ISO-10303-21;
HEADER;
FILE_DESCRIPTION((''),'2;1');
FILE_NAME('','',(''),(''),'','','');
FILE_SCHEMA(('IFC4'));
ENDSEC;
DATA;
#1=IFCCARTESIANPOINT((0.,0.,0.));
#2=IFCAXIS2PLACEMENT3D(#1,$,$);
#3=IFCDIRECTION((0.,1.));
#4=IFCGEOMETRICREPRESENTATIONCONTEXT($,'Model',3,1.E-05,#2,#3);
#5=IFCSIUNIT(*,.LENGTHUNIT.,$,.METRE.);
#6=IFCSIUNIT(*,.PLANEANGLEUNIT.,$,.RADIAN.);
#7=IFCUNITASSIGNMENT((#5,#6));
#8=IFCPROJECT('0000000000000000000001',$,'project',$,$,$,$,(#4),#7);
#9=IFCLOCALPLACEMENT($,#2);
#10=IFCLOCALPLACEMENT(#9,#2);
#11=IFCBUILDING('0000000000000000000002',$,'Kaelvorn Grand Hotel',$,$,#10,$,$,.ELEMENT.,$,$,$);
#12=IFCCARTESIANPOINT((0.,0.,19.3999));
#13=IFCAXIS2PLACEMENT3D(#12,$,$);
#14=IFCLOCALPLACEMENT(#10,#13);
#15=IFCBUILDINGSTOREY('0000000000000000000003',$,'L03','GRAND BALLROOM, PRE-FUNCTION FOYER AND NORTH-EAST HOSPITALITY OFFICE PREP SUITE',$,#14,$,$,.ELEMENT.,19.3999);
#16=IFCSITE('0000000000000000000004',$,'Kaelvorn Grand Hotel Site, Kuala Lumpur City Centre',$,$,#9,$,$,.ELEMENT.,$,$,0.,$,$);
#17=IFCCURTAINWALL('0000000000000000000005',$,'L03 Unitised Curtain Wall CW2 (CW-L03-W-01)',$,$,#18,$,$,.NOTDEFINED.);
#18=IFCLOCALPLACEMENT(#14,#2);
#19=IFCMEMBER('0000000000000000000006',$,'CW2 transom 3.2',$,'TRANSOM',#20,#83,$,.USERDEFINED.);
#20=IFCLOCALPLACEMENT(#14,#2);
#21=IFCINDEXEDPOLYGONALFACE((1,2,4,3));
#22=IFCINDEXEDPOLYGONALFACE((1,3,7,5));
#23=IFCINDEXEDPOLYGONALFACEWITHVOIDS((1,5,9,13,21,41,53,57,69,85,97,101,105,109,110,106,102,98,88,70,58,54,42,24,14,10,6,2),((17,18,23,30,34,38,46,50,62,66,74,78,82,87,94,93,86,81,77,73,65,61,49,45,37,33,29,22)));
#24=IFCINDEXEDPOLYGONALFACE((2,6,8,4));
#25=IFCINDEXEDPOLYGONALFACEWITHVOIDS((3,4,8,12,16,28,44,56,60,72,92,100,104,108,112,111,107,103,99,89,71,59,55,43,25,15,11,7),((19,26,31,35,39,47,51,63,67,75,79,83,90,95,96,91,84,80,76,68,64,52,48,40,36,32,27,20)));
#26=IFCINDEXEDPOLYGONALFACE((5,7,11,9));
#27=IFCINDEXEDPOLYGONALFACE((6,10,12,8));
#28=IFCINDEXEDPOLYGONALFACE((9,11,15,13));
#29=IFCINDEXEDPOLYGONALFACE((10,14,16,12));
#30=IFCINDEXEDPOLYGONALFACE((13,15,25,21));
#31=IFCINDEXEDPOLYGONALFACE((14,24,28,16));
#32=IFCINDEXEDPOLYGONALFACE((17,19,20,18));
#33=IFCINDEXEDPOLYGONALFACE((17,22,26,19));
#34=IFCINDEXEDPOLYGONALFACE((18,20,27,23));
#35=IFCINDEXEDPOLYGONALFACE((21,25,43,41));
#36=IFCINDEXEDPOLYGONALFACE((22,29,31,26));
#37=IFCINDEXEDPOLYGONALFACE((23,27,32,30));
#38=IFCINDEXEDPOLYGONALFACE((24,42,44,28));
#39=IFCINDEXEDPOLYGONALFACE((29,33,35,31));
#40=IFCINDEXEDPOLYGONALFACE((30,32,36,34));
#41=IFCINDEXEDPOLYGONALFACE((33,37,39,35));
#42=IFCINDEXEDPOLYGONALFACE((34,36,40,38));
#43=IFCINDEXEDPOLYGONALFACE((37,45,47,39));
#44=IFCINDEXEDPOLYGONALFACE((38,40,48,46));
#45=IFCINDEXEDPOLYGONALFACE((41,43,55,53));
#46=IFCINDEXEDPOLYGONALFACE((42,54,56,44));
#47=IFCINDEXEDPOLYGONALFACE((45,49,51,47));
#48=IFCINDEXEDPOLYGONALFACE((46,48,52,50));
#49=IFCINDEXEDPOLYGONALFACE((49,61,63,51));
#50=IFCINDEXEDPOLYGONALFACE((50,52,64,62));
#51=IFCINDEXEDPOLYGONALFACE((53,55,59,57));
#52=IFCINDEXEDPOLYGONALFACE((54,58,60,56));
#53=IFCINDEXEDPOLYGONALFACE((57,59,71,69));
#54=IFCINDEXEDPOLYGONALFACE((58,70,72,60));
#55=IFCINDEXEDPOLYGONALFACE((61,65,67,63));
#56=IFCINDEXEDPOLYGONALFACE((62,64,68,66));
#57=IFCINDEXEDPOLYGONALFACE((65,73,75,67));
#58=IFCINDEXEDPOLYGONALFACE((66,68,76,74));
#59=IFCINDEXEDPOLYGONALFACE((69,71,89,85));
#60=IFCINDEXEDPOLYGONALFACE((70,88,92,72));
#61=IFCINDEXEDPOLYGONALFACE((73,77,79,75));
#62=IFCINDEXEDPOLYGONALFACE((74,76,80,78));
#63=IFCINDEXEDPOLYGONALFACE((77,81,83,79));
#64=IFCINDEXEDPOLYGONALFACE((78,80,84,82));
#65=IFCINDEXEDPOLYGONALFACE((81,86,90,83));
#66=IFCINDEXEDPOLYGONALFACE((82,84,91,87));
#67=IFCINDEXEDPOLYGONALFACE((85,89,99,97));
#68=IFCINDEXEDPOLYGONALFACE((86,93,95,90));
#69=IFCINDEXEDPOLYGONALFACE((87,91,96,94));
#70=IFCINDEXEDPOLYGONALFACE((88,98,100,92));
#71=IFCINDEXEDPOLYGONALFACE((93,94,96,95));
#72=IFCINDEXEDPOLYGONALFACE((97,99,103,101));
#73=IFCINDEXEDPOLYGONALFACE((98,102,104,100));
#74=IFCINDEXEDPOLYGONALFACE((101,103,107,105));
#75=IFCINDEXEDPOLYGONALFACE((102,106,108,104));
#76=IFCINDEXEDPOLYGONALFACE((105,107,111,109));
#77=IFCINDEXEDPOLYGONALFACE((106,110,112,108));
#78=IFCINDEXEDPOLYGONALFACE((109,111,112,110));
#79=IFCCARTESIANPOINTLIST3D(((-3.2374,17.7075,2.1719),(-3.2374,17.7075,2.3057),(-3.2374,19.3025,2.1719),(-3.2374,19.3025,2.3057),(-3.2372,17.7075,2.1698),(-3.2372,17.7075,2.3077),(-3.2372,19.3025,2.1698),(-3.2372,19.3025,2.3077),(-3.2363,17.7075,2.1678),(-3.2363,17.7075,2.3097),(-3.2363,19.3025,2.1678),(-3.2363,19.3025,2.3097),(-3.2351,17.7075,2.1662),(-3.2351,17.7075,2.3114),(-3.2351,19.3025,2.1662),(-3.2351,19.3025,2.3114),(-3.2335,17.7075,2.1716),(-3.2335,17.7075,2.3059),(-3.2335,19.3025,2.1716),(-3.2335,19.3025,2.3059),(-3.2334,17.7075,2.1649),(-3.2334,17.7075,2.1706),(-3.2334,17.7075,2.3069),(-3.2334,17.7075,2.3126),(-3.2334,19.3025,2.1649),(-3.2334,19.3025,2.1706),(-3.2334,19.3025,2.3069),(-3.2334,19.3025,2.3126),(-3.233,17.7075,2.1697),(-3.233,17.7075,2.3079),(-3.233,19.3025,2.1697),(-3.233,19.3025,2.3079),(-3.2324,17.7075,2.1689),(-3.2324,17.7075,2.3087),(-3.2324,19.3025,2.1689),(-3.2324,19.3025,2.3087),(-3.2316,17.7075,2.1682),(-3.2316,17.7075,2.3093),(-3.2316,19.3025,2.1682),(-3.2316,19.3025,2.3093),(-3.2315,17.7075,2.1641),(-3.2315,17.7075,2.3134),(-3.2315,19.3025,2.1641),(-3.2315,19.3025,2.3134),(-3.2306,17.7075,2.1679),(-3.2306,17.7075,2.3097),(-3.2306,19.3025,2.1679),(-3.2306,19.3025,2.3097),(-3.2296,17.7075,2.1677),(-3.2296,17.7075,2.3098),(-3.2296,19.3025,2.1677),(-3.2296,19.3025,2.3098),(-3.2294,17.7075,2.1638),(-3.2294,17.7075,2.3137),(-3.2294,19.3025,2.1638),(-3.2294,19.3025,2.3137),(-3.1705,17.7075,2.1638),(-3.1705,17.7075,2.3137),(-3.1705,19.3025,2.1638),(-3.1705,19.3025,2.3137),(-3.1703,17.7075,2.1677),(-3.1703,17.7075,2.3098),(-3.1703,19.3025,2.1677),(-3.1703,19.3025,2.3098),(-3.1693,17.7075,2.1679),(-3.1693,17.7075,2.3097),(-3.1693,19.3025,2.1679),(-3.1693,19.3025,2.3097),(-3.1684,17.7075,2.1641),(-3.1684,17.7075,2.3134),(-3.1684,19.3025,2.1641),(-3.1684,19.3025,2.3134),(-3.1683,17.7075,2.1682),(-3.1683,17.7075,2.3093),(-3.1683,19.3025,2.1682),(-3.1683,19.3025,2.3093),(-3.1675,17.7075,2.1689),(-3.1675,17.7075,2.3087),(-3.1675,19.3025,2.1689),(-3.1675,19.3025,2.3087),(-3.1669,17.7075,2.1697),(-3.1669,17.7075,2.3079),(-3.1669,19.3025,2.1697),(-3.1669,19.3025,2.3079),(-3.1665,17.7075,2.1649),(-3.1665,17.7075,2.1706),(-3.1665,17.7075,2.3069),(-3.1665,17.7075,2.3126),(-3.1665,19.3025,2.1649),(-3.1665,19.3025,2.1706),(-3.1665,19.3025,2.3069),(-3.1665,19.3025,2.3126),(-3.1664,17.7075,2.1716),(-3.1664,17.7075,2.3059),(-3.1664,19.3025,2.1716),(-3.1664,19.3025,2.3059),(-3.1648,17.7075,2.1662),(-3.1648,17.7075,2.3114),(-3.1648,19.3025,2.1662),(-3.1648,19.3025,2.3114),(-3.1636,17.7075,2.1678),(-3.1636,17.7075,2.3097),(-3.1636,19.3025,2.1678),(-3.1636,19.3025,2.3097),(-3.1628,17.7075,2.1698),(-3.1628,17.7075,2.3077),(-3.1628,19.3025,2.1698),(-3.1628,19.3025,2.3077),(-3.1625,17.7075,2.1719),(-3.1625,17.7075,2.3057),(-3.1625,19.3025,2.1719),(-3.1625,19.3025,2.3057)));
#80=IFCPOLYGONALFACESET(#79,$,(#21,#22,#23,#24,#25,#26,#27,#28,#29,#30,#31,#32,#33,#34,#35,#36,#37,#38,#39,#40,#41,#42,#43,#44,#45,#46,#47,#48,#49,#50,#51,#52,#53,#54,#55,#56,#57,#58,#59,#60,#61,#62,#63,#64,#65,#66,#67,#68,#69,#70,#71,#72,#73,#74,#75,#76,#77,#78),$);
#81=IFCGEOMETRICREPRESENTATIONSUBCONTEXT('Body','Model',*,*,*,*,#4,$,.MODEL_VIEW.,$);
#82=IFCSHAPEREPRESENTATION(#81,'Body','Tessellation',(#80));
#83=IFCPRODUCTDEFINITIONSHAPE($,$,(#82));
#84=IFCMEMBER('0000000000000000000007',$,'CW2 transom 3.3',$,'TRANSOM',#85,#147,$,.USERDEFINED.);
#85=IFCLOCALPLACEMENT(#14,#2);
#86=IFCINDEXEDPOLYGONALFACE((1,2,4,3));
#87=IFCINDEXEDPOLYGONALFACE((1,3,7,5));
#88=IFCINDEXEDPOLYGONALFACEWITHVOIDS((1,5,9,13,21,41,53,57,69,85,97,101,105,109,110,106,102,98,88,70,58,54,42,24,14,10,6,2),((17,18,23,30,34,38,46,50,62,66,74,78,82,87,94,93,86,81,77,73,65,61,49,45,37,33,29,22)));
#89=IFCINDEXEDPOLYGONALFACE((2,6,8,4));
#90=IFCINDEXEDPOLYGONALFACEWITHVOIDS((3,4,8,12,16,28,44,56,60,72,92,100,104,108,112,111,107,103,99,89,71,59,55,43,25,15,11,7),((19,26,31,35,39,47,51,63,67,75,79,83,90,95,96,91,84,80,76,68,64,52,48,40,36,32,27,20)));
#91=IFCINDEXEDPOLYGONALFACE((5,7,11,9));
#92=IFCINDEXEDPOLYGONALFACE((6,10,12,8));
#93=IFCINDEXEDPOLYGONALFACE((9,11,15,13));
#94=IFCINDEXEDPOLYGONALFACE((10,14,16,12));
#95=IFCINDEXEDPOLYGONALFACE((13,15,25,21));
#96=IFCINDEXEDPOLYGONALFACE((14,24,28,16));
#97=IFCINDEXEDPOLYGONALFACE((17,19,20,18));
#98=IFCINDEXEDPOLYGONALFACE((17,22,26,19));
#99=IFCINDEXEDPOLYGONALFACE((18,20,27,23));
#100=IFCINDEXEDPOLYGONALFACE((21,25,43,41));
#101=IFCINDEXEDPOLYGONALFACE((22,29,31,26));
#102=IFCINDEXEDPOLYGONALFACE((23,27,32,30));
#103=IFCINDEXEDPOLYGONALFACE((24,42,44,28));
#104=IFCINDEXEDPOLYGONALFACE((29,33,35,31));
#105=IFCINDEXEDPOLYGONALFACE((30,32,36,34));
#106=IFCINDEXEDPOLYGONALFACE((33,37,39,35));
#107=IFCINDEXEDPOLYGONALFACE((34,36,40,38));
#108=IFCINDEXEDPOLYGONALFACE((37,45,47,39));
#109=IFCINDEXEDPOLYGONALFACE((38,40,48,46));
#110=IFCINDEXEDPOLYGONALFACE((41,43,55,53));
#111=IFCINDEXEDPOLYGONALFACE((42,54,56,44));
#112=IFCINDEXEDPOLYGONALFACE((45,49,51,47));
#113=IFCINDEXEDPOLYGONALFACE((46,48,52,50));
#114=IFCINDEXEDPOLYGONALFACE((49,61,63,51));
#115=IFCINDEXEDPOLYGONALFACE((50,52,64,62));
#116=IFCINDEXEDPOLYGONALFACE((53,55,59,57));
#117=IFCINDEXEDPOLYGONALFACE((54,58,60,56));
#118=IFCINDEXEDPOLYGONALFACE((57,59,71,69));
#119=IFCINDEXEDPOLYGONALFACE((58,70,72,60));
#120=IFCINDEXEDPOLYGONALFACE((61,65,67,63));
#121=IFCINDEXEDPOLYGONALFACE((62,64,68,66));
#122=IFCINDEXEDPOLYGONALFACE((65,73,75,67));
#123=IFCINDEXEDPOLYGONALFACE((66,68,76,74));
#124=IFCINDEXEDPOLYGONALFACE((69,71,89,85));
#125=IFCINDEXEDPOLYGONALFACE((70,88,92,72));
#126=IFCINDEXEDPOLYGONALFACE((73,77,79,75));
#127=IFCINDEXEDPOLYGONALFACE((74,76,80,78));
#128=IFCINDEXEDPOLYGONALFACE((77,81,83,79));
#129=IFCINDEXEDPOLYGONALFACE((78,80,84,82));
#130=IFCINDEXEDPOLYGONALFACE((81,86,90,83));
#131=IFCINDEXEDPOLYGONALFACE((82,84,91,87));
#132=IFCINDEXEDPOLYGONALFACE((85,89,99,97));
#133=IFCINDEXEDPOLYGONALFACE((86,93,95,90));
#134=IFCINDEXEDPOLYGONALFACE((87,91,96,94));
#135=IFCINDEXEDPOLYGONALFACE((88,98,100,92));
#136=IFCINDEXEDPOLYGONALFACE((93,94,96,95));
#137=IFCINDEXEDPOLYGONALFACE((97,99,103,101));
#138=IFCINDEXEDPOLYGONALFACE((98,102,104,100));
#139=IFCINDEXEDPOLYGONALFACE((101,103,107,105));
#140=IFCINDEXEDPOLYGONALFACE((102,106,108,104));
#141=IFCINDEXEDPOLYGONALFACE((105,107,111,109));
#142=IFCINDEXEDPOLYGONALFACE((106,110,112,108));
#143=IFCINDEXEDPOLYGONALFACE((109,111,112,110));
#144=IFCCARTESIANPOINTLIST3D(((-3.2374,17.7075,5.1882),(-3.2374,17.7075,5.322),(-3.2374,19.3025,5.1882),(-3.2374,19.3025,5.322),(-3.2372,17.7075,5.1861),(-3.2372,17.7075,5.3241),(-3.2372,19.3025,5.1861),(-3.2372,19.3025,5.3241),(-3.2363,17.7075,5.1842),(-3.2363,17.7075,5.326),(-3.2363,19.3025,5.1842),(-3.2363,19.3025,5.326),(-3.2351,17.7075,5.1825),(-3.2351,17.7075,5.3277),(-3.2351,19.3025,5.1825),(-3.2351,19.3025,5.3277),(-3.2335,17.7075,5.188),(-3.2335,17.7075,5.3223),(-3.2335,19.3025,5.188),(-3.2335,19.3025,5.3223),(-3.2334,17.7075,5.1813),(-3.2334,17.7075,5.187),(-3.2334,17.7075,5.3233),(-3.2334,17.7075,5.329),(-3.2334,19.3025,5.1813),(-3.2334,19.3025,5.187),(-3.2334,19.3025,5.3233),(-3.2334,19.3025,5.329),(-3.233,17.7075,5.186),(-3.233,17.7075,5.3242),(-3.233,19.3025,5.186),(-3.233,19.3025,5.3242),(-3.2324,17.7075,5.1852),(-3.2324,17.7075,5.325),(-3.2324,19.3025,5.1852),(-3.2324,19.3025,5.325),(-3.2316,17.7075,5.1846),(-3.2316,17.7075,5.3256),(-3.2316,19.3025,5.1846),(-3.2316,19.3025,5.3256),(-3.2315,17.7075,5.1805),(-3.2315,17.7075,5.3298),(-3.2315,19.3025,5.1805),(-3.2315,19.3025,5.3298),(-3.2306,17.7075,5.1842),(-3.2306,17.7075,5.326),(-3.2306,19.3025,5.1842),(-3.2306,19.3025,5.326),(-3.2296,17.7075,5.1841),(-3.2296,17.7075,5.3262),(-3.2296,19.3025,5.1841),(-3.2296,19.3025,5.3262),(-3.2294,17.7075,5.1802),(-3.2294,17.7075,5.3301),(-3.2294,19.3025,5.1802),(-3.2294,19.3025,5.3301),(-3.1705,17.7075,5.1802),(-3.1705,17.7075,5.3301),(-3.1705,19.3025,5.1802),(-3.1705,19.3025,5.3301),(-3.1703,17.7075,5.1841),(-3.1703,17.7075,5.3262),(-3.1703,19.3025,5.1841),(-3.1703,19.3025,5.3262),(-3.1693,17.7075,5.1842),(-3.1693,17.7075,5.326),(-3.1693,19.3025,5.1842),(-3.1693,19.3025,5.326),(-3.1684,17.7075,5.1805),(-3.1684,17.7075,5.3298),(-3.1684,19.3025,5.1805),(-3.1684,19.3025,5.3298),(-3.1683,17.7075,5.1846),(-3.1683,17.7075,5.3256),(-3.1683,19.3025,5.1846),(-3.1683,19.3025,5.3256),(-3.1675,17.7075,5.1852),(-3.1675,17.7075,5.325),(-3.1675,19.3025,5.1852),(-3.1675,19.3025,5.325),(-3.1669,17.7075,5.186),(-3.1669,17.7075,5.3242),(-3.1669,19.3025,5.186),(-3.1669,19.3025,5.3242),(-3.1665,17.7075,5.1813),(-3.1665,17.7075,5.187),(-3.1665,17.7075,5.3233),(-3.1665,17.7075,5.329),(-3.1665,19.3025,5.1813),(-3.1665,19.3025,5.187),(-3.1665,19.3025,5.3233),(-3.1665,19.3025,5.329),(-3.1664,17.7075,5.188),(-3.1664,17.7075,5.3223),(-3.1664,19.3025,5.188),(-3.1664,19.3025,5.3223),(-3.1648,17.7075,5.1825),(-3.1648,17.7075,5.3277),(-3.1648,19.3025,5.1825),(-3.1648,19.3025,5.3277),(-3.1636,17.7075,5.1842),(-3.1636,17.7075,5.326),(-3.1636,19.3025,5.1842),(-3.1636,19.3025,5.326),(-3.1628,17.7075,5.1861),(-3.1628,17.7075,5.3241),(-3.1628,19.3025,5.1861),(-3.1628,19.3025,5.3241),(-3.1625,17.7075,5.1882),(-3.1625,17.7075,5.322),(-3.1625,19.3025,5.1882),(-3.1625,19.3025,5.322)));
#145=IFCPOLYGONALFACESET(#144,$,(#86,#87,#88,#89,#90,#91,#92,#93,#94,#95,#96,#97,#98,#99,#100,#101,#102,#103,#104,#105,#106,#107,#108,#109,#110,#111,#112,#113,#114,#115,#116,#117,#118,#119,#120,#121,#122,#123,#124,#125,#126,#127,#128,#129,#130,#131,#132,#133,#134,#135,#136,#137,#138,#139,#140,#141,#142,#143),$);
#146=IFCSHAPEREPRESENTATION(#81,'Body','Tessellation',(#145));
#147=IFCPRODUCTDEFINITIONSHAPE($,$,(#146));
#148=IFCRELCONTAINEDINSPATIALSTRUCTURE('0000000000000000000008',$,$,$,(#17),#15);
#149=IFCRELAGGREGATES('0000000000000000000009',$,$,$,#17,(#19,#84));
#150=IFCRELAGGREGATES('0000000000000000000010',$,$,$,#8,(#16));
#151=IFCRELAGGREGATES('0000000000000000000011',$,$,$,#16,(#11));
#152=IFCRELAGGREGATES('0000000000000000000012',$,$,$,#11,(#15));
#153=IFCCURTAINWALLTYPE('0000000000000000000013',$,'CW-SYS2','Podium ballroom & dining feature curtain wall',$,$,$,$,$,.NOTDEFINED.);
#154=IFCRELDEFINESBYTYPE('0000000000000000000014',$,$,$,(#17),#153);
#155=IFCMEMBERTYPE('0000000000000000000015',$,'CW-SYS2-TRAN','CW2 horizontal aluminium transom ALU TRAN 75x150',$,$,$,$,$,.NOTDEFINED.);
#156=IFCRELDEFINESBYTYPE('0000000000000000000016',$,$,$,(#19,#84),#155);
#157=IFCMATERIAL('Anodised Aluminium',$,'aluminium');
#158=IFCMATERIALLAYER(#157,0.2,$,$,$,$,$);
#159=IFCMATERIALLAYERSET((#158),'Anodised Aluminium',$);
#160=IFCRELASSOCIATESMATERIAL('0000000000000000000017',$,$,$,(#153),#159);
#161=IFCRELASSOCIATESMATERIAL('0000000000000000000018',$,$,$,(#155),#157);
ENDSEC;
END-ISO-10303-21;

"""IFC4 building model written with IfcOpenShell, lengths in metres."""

from ifc_helpers import new_model, si_unit, direction, frame, origin, origin_2d, place, context, subcontext, project, spatial, hollow_rectangle, extrude, material, layer, layer_set, material_profile, profile_set, type_object, element, aggregate, save


model = new_model("IFC4")

# Units and contexts
model_context = context("Model", 3, precision=1e-05, world=origin(), true_north=direction((0.0, 1.0)))
body_context = subcontext(model_context, "Body", "Model", "MODEL_VIEW")
ifc_project = project(units=[si_unit("LENGTHUNIT", "METRE"), si_unit("PLANEANGLEUNIT", "RADIAN")], contexts=[model_context])

# Site, building, storey
site_placement = place(None, origin())
site = spatial("IfcSite", under=ifc_project, at=site_placement, Name="Kaelvorn Grand Hotel Site, Kuala Lumpur City Centre", CompositionType="ELEMENT", RefElevation=0.0)
building_placement = place(site_placement, origin())
building = spatial("IfcBuilding", under=site, at=building_placement, Name="Kaelvorn Grand Hotel", CompositionType="ELEMENT")
storey_placement = place(building_placement, frame((0.0, 0.0, 19.3999)))
storey = spatial("IfcBuildingStorey", under=building, at=storey_placement, Name="L03", Description="GRAND BALLROOM, PRE-FUNCTION FOYER AND NORTH-EAST HOSPITALITY OFFICE PREP SUITE", CompositionType="ELEMENT", Elevation=19.3999)

# Curtain wall, members
ifc_material_1 = material(Name="Anodised Aluminium", Category="aluminium")
ifc_layer_1 = layer(ifc_material_1, 0.2)
ifc_layer_set_1 = layer_set([ifc_layer_1], Name="Anodised Aluminium")
curtain_wall_type = type_object("IfcCurtainWallType", Name="CW-SYS2", Description="Podium ballroom & dining feature curtain wall", PredefinedType="NOTDEFINED", material=ifc_layer_set_1)
curtain_wall_placement = place(storey_placement, origin())
curtain_wall = element("IfcCurtainWall", 1, at=curtain_wall_placement, inside=storey, type_object=curtain_wall_type, Name="L03 Unitised Curtain Wall CW2 (CW-L03-W-01)", PredefinedType="NOTDEFINED")
ifc_material_profile_1 = material_profile(ifc_material_1, hollow_rectangle(XDim=0.075, YDim=0.1499, WallThickness=0.0039, InnerFilletRadius=0.0039, OuterFilletRadius=0.0081, at=origin_2d()), Name="ALU TRAN 75x150")
ifc_profile_set_1 = profile_set([ifc_material_profile_1], Name="Anodised Aluminium")
member_type_1 = type_object("IfcMemberType", Name="CW-SYS2-TRAN", Description="CW2 horizontal aluminium transom ALU TRAN 75x150", PredefinedType="NOTDEFINED", material=ifc_profile_set_1)
member_1_placement = place(storey_placement, frame((-3.2, 19.3025, 2.2388), z_axis=(0.0, -1.0, 0.0), x_axis=(1.0, 0.0, 0.0)))
member_1 = element("IfcMember", 2, at=member_1_placement, type_object=member_type_1, Name="CW2 transom 3.2", ObjectType="TRANSOM", PredefinedType="USERDEFINED", context=body_context, shape_type="SweptSolid", body=[
    extrude(hollow_rectangle(XDim=0.075, YDim=0.1499, WallThickness=0.0039, InnerFilletRadius=0.0039, OuterFilletRadius=0.0081, at=origin_2d()), origin(), (0.0, 0.0, 1.0), 1.595),
])
member_2_placement = place(storey_placement, frame((-3.2, 19.3025, 5.2551), z_axis=(0.0, -1.0, 0.0), x_axis=(1.0, 0.0, 0.0)))
member_2 = element("IfcMember", 3, at=member_2_placement, type_object=member_type_1, Name="CW2 transom 3.3", ObjectType="TRANSOM", PredefinedType="USERDEFINED", context=body_context, shape_type="SweptSolid", body=[
    extrude(hollow_rectangle(XDim=0.075, YDim=0.1499, WallThickness=0.0039, InnerFilletRadius=0.0039, OuterFilletRadius=0.0081, at=origin_2d()), origin(), (0.0, 0.0, 1.0), 1.595),
])
aggregate(curtain_wall, [member_1, member_2])

save(model, "model.ifc")
